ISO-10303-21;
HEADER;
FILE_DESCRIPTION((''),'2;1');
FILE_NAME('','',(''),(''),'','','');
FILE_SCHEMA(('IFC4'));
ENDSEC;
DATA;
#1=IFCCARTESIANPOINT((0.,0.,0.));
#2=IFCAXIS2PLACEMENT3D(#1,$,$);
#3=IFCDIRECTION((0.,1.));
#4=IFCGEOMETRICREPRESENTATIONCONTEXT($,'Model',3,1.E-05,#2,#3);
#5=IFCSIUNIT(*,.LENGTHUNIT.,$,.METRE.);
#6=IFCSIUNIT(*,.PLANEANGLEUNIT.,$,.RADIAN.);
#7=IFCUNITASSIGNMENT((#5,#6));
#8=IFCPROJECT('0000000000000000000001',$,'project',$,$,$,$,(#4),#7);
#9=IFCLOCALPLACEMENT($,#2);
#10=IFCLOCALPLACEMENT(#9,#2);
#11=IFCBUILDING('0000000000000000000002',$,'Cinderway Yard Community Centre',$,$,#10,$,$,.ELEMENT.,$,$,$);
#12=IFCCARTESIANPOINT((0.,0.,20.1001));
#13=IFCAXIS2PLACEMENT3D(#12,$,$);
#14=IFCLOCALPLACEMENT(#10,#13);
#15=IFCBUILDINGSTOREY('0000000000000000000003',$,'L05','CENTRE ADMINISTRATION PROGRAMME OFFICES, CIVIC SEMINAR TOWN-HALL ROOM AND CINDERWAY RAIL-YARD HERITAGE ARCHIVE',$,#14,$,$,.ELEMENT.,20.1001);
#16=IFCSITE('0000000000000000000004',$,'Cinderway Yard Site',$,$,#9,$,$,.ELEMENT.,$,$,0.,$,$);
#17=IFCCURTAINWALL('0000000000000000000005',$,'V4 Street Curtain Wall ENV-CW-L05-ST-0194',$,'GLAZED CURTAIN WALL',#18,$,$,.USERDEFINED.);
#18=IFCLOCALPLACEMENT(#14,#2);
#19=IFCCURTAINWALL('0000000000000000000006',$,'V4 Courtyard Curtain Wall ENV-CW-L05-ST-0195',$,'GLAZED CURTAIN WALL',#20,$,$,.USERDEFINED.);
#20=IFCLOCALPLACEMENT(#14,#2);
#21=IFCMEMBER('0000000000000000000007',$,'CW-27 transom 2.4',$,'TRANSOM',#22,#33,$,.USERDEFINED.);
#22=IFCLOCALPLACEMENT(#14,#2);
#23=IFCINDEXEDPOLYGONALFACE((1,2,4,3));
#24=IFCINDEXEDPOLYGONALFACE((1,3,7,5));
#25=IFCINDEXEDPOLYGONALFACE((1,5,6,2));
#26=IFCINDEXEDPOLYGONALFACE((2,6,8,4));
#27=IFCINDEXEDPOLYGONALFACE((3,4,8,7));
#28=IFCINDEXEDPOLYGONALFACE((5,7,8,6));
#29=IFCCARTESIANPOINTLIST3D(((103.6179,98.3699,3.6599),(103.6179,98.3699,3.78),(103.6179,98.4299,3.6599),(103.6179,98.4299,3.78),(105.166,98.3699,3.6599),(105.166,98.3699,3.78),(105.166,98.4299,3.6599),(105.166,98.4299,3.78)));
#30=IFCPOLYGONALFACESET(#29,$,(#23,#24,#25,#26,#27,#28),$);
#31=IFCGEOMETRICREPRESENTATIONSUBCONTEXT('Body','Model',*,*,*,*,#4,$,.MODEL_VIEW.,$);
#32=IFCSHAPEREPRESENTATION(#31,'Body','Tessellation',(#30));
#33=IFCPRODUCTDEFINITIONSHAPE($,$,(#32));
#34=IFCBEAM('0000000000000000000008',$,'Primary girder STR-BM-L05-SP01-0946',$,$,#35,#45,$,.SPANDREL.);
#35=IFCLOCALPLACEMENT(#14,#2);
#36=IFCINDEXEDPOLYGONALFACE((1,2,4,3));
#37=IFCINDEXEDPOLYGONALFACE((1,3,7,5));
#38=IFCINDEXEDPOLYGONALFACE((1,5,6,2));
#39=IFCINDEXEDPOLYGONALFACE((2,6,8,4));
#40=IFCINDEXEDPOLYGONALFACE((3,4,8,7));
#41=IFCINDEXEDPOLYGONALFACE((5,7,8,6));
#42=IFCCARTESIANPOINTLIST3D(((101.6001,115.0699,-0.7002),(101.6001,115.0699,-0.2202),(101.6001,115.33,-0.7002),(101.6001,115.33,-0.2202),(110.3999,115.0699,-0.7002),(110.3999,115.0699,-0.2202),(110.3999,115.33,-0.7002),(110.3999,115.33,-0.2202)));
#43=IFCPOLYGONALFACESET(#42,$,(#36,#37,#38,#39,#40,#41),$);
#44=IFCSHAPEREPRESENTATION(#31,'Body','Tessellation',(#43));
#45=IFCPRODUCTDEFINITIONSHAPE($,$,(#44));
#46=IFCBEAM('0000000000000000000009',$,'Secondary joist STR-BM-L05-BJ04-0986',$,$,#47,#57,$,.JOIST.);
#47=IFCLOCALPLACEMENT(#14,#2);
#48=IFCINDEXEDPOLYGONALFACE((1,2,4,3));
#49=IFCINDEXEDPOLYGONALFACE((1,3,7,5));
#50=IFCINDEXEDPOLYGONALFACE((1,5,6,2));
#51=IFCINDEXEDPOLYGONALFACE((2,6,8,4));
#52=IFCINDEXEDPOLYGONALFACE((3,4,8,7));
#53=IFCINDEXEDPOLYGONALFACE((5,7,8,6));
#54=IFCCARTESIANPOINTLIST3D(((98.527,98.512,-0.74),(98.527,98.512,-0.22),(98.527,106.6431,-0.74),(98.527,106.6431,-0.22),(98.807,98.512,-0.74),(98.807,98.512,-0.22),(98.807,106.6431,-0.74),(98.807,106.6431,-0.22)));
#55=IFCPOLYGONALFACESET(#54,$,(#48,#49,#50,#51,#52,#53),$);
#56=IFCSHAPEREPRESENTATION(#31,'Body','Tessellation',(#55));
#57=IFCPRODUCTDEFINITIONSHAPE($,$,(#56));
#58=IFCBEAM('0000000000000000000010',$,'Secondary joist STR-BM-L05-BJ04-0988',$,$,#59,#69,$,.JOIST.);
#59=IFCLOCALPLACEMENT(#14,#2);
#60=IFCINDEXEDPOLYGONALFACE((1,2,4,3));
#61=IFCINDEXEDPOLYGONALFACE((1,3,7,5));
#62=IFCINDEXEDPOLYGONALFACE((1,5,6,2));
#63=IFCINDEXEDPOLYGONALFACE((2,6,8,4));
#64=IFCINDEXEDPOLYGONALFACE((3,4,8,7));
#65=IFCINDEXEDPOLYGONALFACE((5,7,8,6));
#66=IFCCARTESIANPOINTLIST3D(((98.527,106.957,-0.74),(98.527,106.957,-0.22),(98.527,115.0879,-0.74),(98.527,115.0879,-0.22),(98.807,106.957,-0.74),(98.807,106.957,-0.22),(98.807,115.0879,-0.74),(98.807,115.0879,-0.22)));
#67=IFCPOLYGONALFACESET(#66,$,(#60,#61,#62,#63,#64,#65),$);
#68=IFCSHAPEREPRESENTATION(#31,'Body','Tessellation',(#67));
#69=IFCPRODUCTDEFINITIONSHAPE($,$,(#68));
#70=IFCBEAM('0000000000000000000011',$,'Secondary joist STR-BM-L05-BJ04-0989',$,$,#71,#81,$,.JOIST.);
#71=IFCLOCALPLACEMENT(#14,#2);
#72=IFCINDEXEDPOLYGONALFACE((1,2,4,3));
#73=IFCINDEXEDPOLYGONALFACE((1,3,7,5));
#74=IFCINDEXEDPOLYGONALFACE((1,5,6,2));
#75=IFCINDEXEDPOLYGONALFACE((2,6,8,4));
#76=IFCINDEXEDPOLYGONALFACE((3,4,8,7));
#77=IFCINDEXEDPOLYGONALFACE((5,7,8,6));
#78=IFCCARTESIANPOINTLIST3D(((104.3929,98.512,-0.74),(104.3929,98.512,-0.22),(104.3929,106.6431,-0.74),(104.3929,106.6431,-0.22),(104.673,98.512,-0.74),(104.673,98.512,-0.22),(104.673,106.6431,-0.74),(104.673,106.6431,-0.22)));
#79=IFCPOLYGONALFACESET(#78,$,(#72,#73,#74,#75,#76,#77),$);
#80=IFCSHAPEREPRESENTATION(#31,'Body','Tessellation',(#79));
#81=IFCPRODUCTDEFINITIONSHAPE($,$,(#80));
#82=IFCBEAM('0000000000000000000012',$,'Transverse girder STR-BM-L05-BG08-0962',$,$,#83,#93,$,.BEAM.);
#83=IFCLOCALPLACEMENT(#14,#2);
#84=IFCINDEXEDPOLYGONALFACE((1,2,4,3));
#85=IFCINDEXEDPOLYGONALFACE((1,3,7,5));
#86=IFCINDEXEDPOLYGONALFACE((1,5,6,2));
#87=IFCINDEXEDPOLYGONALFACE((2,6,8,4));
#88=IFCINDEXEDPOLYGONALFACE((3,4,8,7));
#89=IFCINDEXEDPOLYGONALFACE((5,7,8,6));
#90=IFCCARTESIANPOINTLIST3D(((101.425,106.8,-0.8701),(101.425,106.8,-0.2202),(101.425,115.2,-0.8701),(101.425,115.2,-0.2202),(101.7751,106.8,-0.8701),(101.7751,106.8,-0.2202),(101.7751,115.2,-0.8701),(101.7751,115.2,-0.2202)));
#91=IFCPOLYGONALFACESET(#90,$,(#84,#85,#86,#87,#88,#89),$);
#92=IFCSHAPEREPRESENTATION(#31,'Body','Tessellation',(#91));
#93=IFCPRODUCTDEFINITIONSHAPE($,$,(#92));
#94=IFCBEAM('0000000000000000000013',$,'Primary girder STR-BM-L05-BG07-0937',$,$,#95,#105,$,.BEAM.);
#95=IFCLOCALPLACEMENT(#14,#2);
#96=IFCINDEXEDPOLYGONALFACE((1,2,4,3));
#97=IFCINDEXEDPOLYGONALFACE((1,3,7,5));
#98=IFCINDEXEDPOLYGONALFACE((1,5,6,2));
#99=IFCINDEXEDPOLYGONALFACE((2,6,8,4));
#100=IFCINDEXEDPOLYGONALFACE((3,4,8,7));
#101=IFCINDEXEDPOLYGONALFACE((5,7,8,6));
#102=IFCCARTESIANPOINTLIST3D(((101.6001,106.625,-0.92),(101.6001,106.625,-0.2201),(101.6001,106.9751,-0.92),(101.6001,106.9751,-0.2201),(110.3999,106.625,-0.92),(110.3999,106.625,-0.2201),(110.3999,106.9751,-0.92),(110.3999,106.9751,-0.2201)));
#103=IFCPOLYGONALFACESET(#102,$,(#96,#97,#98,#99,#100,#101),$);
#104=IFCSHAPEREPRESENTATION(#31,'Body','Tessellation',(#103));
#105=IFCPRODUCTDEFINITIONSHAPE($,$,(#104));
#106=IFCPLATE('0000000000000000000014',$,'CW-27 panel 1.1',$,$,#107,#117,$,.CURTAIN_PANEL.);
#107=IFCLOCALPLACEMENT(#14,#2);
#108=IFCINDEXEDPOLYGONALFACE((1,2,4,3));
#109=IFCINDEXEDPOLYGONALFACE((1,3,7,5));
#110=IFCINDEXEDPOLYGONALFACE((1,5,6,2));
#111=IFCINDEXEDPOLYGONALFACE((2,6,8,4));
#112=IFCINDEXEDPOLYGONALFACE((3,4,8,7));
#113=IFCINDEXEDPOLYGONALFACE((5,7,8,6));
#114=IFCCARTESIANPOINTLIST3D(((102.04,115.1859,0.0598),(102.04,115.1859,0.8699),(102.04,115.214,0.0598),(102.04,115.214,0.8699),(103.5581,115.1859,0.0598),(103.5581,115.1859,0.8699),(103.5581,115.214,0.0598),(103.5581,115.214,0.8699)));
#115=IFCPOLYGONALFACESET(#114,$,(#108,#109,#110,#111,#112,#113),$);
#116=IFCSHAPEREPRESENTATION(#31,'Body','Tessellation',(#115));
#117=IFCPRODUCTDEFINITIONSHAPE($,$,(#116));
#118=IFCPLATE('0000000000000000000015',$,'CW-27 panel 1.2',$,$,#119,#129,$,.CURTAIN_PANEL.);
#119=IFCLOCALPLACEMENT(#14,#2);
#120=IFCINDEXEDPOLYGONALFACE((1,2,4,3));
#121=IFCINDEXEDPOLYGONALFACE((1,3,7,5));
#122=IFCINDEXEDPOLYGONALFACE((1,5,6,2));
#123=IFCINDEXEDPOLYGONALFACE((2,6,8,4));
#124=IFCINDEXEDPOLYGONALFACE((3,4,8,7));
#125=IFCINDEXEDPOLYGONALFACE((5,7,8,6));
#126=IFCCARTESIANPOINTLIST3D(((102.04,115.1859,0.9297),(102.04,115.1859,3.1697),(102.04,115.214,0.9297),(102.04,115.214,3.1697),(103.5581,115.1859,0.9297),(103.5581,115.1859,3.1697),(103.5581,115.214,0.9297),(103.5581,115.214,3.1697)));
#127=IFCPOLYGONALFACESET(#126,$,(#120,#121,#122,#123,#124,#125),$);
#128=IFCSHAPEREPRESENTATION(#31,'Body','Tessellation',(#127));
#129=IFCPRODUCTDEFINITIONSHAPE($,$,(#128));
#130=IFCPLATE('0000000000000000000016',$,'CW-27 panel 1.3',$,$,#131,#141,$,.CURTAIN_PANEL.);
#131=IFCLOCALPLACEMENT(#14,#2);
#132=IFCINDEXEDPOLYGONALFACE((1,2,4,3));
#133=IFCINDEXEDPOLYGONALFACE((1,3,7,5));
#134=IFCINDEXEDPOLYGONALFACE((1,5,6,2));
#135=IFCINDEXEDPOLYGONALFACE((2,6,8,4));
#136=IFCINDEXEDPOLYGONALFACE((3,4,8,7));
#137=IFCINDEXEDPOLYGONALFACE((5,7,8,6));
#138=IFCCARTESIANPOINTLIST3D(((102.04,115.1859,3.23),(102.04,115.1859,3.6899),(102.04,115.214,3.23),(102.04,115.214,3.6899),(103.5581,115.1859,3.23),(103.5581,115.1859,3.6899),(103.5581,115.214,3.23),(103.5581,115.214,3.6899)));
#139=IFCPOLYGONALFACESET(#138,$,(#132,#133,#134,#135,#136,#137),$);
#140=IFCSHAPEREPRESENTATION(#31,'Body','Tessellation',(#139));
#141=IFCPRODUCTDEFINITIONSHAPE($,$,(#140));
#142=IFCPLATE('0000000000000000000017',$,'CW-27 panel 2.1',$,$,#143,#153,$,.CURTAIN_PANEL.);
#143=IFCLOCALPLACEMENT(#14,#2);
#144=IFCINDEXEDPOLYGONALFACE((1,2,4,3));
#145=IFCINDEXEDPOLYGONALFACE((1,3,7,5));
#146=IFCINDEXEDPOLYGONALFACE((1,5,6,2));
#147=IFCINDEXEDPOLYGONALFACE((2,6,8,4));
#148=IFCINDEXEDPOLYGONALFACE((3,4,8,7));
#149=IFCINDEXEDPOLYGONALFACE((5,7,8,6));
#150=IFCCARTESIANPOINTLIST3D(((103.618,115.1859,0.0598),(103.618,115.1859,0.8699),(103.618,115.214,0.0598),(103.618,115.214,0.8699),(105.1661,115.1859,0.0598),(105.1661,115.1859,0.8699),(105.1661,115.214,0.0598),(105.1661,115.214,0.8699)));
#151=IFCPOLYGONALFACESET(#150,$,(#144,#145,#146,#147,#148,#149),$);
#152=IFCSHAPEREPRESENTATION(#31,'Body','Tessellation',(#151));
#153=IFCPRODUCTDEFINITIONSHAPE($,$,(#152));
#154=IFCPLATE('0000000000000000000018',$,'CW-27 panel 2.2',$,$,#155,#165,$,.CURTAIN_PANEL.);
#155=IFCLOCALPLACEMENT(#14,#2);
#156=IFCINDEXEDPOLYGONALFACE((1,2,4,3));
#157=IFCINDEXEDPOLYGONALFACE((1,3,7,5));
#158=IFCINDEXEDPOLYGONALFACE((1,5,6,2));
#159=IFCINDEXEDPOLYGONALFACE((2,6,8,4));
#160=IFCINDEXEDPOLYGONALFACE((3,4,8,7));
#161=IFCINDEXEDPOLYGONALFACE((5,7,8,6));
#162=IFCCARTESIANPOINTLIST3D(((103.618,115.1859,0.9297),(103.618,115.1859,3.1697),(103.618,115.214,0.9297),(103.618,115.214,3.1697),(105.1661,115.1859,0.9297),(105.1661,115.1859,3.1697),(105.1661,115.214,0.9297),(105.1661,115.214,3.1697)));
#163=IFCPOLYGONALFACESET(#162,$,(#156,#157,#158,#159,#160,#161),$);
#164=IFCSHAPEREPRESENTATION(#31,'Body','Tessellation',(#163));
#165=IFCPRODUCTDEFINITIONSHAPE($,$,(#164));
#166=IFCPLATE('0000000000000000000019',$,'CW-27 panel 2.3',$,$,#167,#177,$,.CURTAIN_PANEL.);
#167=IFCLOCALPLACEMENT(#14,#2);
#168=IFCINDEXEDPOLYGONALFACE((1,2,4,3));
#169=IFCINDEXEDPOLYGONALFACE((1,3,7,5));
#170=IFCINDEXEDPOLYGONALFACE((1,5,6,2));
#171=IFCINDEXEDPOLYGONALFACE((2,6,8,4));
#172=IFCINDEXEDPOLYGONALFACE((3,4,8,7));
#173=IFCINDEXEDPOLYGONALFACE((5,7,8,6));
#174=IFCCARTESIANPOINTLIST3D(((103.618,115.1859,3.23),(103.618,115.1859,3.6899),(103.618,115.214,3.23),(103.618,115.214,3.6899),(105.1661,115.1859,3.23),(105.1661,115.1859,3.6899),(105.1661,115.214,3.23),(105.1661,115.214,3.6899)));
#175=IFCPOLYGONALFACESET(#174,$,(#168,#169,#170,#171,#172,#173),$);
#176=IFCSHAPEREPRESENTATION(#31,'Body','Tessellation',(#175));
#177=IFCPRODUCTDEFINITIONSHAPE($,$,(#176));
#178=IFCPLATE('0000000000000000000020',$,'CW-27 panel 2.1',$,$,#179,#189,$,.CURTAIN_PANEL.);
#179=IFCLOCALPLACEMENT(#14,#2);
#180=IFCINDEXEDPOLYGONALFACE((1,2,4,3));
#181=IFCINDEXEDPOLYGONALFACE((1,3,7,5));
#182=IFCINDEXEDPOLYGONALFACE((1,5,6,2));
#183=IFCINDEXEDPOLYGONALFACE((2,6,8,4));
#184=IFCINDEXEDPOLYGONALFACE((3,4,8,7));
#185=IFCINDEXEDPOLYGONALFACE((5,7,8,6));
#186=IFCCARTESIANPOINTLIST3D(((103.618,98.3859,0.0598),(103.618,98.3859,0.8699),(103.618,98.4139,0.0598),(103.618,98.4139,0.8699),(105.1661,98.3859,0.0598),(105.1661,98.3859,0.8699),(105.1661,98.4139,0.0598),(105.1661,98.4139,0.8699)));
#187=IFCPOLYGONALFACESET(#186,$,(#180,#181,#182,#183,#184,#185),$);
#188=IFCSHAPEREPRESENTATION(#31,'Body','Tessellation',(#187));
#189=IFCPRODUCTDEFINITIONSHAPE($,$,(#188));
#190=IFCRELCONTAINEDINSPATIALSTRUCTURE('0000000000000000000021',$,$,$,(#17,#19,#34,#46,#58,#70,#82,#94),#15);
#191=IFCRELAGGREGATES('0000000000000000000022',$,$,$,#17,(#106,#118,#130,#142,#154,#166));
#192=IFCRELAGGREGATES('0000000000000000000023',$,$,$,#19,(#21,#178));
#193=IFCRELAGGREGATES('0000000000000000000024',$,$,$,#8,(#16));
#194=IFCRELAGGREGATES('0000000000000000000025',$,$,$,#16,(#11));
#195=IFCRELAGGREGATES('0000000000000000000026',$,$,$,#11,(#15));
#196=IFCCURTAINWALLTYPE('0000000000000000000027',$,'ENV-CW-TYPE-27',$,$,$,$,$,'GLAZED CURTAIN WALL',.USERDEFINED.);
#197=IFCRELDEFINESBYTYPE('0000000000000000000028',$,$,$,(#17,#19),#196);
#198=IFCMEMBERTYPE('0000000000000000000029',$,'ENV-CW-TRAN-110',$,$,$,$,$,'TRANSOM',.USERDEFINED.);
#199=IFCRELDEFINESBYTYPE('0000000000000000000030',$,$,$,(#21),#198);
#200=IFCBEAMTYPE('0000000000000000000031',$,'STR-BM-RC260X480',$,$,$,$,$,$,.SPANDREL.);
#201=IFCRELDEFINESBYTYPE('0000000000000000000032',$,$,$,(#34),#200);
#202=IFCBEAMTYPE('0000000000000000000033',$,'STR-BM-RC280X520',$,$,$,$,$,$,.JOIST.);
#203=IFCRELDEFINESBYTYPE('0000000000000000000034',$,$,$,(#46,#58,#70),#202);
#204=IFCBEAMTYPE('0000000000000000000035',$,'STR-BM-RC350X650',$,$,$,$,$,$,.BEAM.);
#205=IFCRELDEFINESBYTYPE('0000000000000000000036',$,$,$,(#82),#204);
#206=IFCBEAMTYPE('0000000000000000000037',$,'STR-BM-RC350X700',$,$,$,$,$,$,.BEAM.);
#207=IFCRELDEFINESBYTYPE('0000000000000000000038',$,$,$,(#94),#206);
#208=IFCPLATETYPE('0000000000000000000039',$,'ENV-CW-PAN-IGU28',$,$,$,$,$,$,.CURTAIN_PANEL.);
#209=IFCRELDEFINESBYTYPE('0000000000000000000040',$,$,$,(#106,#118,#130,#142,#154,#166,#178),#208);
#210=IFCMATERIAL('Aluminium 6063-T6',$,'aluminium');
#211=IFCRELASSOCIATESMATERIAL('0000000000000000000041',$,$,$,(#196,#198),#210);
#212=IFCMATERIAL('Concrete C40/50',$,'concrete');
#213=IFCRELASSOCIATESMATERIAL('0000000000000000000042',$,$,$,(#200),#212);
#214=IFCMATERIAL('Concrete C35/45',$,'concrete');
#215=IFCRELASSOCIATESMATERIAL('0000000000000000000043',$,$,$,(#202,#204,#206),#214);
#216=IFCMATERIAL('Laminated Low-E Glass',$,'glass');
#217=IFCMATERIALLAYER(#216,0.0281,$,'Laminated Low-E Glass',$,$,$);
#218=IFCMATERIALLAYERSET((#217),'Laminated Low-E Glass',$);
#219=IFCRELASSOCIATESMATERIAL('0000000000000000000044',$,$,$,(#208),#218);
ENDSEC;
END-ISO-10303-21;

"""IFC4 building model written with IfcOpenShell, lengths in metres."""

from ifc_helpers import new_model, si_unit, direction, frame, origin, origin_2d, place, context, subcontext, project, spatial, rectangle, extrude, material, layer, layer_set, material_profile, profile_set, type_object, element, aggregate, save


model = new_model("IFC4")

# Units and contexts
model_context = context("Model", 3, precision=1e-05, world=origin(), true_north=direction((0.0, 1.0)))
body_context = subcontext(model_context, "Body", "Model", "MODEL_VIEW")
ifc_project = project(units=[si_unit("LENGTHUNIT", "METRE"), si_unit("PLANEANGLEUNIT", "RADIAN")], contexts=[model_context])

# Site, building, storey
site_placement = place(None, origin())
site = spatial("IfcSite", under=ifc_project, at=site_placement, Name="Cinderway Yard Site", CompositionType="ELEMENT", RefElevation=0.0)
building_placement = place(site_placement, origin())
building = spatial("IfcBuilding", under=site, at=building_placement, Name="Cinderway Yard Community Centre", CompositionType="ELEMENT")
storey_placement = place(building_placement, frame((0.0, 0.0, 20.1001)))
storey = spatial("IfcBuildingStorey", under=building, at=storey_placement, Name="L05", Description="CENTRE ADMINISTRATION PROGRAMME OFFICES, CIVIC SEMINAR TOWN-HALL ROOM AND CINDERWAY RAIL-YARD HERITAGE ARCHIVE", CompositionType="ELEMENT", Elevation=20.1001)

# Shared definitions
ifc_material_1 = material(Name="Concrete C40/50", Category="concrete")

# Curtain walls, member
ifc_material_2 = material(Name="Aluminium 6063-T6", Category="aluminium")
curtain_wall_type = type_object("IfcCurtainWallType", Name="ENV-CW-TYPE-27", ElementType="GLAZED CURTAIN WALL", PredefinedType="USERDEFINED", material=ifc_material_2)
curtain_wall_1_placement = place(storey_placement, origin())
curtain_wall_1 = element("IfcCurtainWall", 1, at=curtain_wall_1_placement, inside=storey, type_object=curtain_wall_type, Name="V4 Street Curtain Wall ENV-CW-L05-ST-0194", ObjectType="GLAZED CURTAIN WALL", PredefinedType="USERDEFINED")
ifc_material_profile_1 = material_profile(ifc_material_2, rectangle(XDim=0.0601, YDim=0.1201, at=origin_2d()), Name="Aluminium 6063-T6")
ifc_profile_set_1 = profile_set([ifc_material_profile_1], Name="Aluminium 6063-T6")
member_type_1 = type_object("IfcMemberType", Name="ENV-CW-TRAN-110", ElementType="TRANSOM", PredefinedType="USERDEFINED", material=ifc_profile_set_1)
curtain_wall_2_placement = place(storey_placement, origin())
curtain_wall_2 = element("IfcCurtainWall", 2, at=curtain_wall_2_placement, inside=storey, type_object=curtain_wall_type, Name="V4 Courtyard Curtain Wall ENV-CW-L05-ST-0195", ObjectType="GLAZED CURTAIN WALL", PredefinedType="USERDEFINED")
member_1_placement = place(storey_placement, frame((103.6179, 98.3999, 3.72), z_axis=(1.0, 0.0, 0.0), x_axis=(0.0, 1.0, 0.0)))
member_1 = element("IfcMember", 3, at=member_1_placement, type_object=member_type_1, Name="CW-27 transom 2.4", ObjectType="TRANSOM", PredefinedType="USERDEFINED", context=body_context, shape_type="SweptSolid", body=[
    extrude(rectangle(XDim=0.0601, YDim=0.1201, at=origin_2d()), origin(), (0.0, 0.0, 1.0), 1.5481),
])

# Beams
ifc_material_profile_2 = material_profile(ifc_material_1, rectangle(XDim=0.26, YDim=0.48, at=origin_2d()), Name="Concrete C40/50")
ifc_profile_set_2 = profile_set([ifc_material_profile_2], Name="Concrete C40/50")
beam_type_1 = type_object("IfcBeamType", Name="STR-BM-RC260X480", PredefinedType="SPANDREL", material=ifc_profile_set_2)
beam_1_placement = place(storey_placement, frame((101.6001, 115.2, -0.4602), z_axis=(1.0, 0.0, 0.0), x_axis=(0.0, 1.0, 0.0)))
element("IfcBeam", 4, at=beam_1_placement, inside=storey, type_object=beam_type_1, Name="Primary girder STR-BM-L05-SP01-0946", PredefinedType="SPANDREL", context=body_context, shape_type="SweptSolid", body=[
    extrude(rectangle(XDim=0.26, YDim=0.48, at=origin_2d()), origin(), (0.0, 0.0, 1.0), 8.7998),
])
ifc_material_3 = material(Name="Concrete C35/45", Category="concrete")
ifc_material_profile_3 = material_profile(ifc_material_3, rectangle(XDim=0.28, YDim=0.52, at=origin_2d()), Name="Concrete C35/45")
ifc_profile_set_3 = profile_set([ifc_material_profile_3], Name="Concrete C35/45")
beam_type_2 = type_object("IfcBeamType", Name="STR-BM-RC280X520", PredefinedType="JOIST", material=ifc_profile_set_3)
beam_2_placement = place(storey_placement, frame((98.667, 98.512, -0.48), z_axis=(0.0, 1.0, 0.0), x_axis=(-1.0, 0.0, 0.0)))
element("IfcBeam", 5, at=beam_2_placement, inside=storey, type_object=beam_type_2, Name="Secondary joist STR-BM-L05-BJ04-0986", PredefinedType="JOIST", context=body_context, shape_type="SweptSolid", body=[
    extrude(rectangle(XDim=0.28, YDim=0.52, at=origin_2d()), origin(), (0.0, 0.0, 1.0), 8.1311),
])
beam_3_placement = place(storey_placement, frame((98.667, 106.957, -0.48), z_axis=(0.0, 1.0, 0.0), x_axis=(-1.0, 0.0, 0.0)))
element("IfcBeam", 6, at=beam_3_placement, inside=storey, type_object=beam_type_2, Name="Secondary joist STR-BM-L05-BJ04-0988", PredefinedType="JOIST", context=body_context, shape_type="SweptSolid", body=[
    extrude(rectangle(XDim=0.28, YDim=0.52, at=origin_2d()), origin(), (0.0, 0.0, 1.0), 8.1309),
])
beam_4_placement = place(storey_placement, frame((104.533, 98.512, -0.48), z_axis=(0.0, 1.0, 0.0), x_axis=(-1.0, 0.0, 0.0)))
element("IfcBeam", 7, at=beam_4_placement, inside=storey, type_object=beam_type_2, Name="Secondary joist STR-BM-L05-BJ04-0989", PredefinedType="JOIST", context=body_context, shape_type="SweptSolid", body=[
    extrude(rectangle(XDim=0.28, YDim=0.52, at=origin_2d()), origin(), (0.0, 0.0, 1.0), 8.1311),
])
ifc_material_profile_4 = material_profile(ifc_material_3, rectangle(XDim=0.3501, YDim=0.6499, at=origin_2d()), Name="Concrete C35/45")
ifc_profile_set_4 = profile_set([ifc_material_profile_4], Name="Concrete C35/45")
beam_type_3 = type_object("IfcBeamType", Name="STR-BM-RC350X650", PredefinedType="BEAM", material=ifc_profile_set_4)
beam_5_placement = place(storey_placement, frame((101.6001, 106.8, -0.5452), z_axis=(0.0, 1.0, 0.0), x_axis=(-1.0, 0.0, 0.0)))
element("IfcBeam", 8, at=beam_5_placement, inside=storey, type_object=beam_type_3, Name="Transverse girder STR-BM-L05-BG08-0962", PredefinedType="BEAM", context=body_context, shape_type="SweptSolid", body=[
    extrude(rectangle(XDim=0.3501, YDim=0.6499, at=origin_2d()), origin(), (0.0, 0.0, 1.0), 8.3999),
])
ifc_material_profile_5 = material_profile(ifc_material_3, rectangle(XDim=0.3501, YDim=0.7, at=origin_2d()), Name="Concrete C35/45")
ifc_profile_set_5 = profile_set([ifc_material_profile_5], Name="Concrete C35/45")
beam_type_4 = type_object("IfcBeamType", Name="STR-BM-RC350X700", PredefinedType="BEAM", material=ifc_profile_set_5)
beam_6_placement = place(storey_placement, frame((101.6001, 106.8, -0.5701), z_axis=(1.0, 0.0, 0.0), x_axis=(0.0, 1.0, 0.0)))
element("IfcBeam", 9, at=beam_6_placement, inside=storey, type_object=beam_type_4, Name="Primary girder STR-BM-L05-BG07-0937", PredefinedType="BEAM", context=body_context, shape_type="SweptSolid", body=[
    extrude(rectangle(XDim=0.3501, YDim=0.7, at=origin_2d()), origin(), (0.0, 0.0, 1.0), 8.7998),
])

# Plates
ifc_material_4 = material(Name="Laminated Low-E Glass", Category="glass")
ifc_layer_1 = layer(ifc_material_4, 0.0281, Name="Laminated Low-E Glass")
ifc_layer_set_1 = layer_set([ifc_layer_1], Name="Laminated Low-E Glass")
plate_type = type_object("IfcPlateType", Name="ENV-CW-PAN-IGU28", PredefinedType="CURTAIN_PANEL", material=ifc_layer_set_1)
plate_1_placement = place(storey_placement, frame((102.7991, 115.2, 0.0598), z_axis=(0.0, 0.0, 1.0), x_axis=(1.0, 0.0, 0.0)))
plate_1 = element("IfcPlate", 10, at=plate_1_placement, type_object=plate_type, Name="CW-27 panel 1.1", PredefinedType="CURTAIN_PANEL", context=body_context, shape_type="SweptSolid", body=[
    extrude(rectangle(XDim=1.5181, YDim=0.0281, at=origin_2d()), origin(), (0.0, 0.0, 1.0), 0.8101),
])
plate_2_placement = place(storey_placement, frame((102.7991, 115.2, 0.9297), z_axis=(0.0, 0.0, 1.0), x_axis=(1.0, 0.0, 0.0)))
plate_2 = element("IfcPlate", 11, at=plate_2_placement, type_object=plate_type, Name="CW-27 panel 1.2", PredefinedType="CURTAIN_PANEL", context=body_context, shape_type="SweptSolid", body=[
    extrude(rectangle(XDim=1.5181, YDim=0.0281, at=origin_2d()), origin(), (0.0, 0.0, 1.0), 2.24),
])
plate_3_placement = place(storey_placement, frame((102.7991, 115.2, 3.23), z_axis=(0.0, 0.0, 1.0), x_axis=(1.0, 0.0, 0.0)))
plate_3 = element("IfcPlate", 12, at=plate_3_placement, type_object=plate_type, Name="CW-27 panel 1.3", PredefinedType="CURTAIN_PANEL", context=body_context, shape_type="SweptSolid", body=[
    extrude(rectangle(XDim=1.5181, YDim=0.0281, at=origin_2d()), origin(), (0.0, 0.0, 1.0), 0.46),
])
plate_4_placement = place(storey_placement, frame((104.3921, 115.2, 0.0598), z_axis=(0.0, 0.0, 1.0), x_axis=(1.0, 0.0, 0.0)))
plate_4 = element("IfcPlate", 13, at=plate_4_placement, type_object=plate_type, Name="CW-27 panel 2.1", PredefinedType="CURTAIN_PANEL", context=body_context, shape_type="SweptSolid", body=[
    extrude(rectangle(XDim=1.5481, YDim=0.0281, at=origin_2d()), origin(), (0.0, 0.0, 1.0), 0.8101),
])
plate_5_placement = place(storey_placement, frame((104.3921, 115.2, 0.9297), z_axis=(0.0, 0.0, 1.0), x_axis=(1.0, 0.0, 0.0)))
plate_5 = element("IfcPlate", 14, at=plate_5_placement, type_object=plate_type, Name="CW-27 panel 2.2", PredefinedType="CURTAIN_PANEL", context=body_context, shape_type="SweptSolid", body=[
    extrude(rectangle(XDim=1.5481, YDim=0.0281, at=origin_2d()), origin(), (0.0, 0.0, 1.0), 2.24),
])
plate_6_placement = place(storey_placement, frame((104.3921, 115.2, 3.23), z_axis=(0.0, 0.0, 1.0), x_axis=(1.0, 0.0, 0.0)))
plate_6 = element("IfcPlate", 15, at=plate_6_placement, type_object=plate_type, Name="CW-27 panel 2.3", PredefinedType="CURTAIN_PANEL", context=body_context, shape_type="SweptSolid", body=[
    extrude(rectangle(XDim=1.5481, YDim=0.0281, at=origin_2d()), origin(), (0.0, 0.0, 1.0), 0.46),
])
aggregate(curtain_wall_1, [plate_1, plate_2, plate_3, plate_4, plate_5, plate_6])
plate_7_placement = place(storey_placement, frame((104.3921, 98.3999, 0.0598), z_axis=(0.0, 0.0, 1.0), x_axis=(1.0, 0.0, 0.0)))
plate_7 = element("IfcPlate", 16, at=plate_7_placement, type_object=plate_type, Name="CW-27 panel 2.1", PredefinedType="CURTAIN_PANEL", context=body_context, shape_type="SweptSolid", body=[
    extrude(rectangle(XDim=1.5481, YDim=0.0281, at=origin_2d()), origin(), (0.0, 0.0, 1.0), 0.8101),
])
aggregate(curtain_wall_2, [member_1, plate_7])

save(model, "model.ifc")
